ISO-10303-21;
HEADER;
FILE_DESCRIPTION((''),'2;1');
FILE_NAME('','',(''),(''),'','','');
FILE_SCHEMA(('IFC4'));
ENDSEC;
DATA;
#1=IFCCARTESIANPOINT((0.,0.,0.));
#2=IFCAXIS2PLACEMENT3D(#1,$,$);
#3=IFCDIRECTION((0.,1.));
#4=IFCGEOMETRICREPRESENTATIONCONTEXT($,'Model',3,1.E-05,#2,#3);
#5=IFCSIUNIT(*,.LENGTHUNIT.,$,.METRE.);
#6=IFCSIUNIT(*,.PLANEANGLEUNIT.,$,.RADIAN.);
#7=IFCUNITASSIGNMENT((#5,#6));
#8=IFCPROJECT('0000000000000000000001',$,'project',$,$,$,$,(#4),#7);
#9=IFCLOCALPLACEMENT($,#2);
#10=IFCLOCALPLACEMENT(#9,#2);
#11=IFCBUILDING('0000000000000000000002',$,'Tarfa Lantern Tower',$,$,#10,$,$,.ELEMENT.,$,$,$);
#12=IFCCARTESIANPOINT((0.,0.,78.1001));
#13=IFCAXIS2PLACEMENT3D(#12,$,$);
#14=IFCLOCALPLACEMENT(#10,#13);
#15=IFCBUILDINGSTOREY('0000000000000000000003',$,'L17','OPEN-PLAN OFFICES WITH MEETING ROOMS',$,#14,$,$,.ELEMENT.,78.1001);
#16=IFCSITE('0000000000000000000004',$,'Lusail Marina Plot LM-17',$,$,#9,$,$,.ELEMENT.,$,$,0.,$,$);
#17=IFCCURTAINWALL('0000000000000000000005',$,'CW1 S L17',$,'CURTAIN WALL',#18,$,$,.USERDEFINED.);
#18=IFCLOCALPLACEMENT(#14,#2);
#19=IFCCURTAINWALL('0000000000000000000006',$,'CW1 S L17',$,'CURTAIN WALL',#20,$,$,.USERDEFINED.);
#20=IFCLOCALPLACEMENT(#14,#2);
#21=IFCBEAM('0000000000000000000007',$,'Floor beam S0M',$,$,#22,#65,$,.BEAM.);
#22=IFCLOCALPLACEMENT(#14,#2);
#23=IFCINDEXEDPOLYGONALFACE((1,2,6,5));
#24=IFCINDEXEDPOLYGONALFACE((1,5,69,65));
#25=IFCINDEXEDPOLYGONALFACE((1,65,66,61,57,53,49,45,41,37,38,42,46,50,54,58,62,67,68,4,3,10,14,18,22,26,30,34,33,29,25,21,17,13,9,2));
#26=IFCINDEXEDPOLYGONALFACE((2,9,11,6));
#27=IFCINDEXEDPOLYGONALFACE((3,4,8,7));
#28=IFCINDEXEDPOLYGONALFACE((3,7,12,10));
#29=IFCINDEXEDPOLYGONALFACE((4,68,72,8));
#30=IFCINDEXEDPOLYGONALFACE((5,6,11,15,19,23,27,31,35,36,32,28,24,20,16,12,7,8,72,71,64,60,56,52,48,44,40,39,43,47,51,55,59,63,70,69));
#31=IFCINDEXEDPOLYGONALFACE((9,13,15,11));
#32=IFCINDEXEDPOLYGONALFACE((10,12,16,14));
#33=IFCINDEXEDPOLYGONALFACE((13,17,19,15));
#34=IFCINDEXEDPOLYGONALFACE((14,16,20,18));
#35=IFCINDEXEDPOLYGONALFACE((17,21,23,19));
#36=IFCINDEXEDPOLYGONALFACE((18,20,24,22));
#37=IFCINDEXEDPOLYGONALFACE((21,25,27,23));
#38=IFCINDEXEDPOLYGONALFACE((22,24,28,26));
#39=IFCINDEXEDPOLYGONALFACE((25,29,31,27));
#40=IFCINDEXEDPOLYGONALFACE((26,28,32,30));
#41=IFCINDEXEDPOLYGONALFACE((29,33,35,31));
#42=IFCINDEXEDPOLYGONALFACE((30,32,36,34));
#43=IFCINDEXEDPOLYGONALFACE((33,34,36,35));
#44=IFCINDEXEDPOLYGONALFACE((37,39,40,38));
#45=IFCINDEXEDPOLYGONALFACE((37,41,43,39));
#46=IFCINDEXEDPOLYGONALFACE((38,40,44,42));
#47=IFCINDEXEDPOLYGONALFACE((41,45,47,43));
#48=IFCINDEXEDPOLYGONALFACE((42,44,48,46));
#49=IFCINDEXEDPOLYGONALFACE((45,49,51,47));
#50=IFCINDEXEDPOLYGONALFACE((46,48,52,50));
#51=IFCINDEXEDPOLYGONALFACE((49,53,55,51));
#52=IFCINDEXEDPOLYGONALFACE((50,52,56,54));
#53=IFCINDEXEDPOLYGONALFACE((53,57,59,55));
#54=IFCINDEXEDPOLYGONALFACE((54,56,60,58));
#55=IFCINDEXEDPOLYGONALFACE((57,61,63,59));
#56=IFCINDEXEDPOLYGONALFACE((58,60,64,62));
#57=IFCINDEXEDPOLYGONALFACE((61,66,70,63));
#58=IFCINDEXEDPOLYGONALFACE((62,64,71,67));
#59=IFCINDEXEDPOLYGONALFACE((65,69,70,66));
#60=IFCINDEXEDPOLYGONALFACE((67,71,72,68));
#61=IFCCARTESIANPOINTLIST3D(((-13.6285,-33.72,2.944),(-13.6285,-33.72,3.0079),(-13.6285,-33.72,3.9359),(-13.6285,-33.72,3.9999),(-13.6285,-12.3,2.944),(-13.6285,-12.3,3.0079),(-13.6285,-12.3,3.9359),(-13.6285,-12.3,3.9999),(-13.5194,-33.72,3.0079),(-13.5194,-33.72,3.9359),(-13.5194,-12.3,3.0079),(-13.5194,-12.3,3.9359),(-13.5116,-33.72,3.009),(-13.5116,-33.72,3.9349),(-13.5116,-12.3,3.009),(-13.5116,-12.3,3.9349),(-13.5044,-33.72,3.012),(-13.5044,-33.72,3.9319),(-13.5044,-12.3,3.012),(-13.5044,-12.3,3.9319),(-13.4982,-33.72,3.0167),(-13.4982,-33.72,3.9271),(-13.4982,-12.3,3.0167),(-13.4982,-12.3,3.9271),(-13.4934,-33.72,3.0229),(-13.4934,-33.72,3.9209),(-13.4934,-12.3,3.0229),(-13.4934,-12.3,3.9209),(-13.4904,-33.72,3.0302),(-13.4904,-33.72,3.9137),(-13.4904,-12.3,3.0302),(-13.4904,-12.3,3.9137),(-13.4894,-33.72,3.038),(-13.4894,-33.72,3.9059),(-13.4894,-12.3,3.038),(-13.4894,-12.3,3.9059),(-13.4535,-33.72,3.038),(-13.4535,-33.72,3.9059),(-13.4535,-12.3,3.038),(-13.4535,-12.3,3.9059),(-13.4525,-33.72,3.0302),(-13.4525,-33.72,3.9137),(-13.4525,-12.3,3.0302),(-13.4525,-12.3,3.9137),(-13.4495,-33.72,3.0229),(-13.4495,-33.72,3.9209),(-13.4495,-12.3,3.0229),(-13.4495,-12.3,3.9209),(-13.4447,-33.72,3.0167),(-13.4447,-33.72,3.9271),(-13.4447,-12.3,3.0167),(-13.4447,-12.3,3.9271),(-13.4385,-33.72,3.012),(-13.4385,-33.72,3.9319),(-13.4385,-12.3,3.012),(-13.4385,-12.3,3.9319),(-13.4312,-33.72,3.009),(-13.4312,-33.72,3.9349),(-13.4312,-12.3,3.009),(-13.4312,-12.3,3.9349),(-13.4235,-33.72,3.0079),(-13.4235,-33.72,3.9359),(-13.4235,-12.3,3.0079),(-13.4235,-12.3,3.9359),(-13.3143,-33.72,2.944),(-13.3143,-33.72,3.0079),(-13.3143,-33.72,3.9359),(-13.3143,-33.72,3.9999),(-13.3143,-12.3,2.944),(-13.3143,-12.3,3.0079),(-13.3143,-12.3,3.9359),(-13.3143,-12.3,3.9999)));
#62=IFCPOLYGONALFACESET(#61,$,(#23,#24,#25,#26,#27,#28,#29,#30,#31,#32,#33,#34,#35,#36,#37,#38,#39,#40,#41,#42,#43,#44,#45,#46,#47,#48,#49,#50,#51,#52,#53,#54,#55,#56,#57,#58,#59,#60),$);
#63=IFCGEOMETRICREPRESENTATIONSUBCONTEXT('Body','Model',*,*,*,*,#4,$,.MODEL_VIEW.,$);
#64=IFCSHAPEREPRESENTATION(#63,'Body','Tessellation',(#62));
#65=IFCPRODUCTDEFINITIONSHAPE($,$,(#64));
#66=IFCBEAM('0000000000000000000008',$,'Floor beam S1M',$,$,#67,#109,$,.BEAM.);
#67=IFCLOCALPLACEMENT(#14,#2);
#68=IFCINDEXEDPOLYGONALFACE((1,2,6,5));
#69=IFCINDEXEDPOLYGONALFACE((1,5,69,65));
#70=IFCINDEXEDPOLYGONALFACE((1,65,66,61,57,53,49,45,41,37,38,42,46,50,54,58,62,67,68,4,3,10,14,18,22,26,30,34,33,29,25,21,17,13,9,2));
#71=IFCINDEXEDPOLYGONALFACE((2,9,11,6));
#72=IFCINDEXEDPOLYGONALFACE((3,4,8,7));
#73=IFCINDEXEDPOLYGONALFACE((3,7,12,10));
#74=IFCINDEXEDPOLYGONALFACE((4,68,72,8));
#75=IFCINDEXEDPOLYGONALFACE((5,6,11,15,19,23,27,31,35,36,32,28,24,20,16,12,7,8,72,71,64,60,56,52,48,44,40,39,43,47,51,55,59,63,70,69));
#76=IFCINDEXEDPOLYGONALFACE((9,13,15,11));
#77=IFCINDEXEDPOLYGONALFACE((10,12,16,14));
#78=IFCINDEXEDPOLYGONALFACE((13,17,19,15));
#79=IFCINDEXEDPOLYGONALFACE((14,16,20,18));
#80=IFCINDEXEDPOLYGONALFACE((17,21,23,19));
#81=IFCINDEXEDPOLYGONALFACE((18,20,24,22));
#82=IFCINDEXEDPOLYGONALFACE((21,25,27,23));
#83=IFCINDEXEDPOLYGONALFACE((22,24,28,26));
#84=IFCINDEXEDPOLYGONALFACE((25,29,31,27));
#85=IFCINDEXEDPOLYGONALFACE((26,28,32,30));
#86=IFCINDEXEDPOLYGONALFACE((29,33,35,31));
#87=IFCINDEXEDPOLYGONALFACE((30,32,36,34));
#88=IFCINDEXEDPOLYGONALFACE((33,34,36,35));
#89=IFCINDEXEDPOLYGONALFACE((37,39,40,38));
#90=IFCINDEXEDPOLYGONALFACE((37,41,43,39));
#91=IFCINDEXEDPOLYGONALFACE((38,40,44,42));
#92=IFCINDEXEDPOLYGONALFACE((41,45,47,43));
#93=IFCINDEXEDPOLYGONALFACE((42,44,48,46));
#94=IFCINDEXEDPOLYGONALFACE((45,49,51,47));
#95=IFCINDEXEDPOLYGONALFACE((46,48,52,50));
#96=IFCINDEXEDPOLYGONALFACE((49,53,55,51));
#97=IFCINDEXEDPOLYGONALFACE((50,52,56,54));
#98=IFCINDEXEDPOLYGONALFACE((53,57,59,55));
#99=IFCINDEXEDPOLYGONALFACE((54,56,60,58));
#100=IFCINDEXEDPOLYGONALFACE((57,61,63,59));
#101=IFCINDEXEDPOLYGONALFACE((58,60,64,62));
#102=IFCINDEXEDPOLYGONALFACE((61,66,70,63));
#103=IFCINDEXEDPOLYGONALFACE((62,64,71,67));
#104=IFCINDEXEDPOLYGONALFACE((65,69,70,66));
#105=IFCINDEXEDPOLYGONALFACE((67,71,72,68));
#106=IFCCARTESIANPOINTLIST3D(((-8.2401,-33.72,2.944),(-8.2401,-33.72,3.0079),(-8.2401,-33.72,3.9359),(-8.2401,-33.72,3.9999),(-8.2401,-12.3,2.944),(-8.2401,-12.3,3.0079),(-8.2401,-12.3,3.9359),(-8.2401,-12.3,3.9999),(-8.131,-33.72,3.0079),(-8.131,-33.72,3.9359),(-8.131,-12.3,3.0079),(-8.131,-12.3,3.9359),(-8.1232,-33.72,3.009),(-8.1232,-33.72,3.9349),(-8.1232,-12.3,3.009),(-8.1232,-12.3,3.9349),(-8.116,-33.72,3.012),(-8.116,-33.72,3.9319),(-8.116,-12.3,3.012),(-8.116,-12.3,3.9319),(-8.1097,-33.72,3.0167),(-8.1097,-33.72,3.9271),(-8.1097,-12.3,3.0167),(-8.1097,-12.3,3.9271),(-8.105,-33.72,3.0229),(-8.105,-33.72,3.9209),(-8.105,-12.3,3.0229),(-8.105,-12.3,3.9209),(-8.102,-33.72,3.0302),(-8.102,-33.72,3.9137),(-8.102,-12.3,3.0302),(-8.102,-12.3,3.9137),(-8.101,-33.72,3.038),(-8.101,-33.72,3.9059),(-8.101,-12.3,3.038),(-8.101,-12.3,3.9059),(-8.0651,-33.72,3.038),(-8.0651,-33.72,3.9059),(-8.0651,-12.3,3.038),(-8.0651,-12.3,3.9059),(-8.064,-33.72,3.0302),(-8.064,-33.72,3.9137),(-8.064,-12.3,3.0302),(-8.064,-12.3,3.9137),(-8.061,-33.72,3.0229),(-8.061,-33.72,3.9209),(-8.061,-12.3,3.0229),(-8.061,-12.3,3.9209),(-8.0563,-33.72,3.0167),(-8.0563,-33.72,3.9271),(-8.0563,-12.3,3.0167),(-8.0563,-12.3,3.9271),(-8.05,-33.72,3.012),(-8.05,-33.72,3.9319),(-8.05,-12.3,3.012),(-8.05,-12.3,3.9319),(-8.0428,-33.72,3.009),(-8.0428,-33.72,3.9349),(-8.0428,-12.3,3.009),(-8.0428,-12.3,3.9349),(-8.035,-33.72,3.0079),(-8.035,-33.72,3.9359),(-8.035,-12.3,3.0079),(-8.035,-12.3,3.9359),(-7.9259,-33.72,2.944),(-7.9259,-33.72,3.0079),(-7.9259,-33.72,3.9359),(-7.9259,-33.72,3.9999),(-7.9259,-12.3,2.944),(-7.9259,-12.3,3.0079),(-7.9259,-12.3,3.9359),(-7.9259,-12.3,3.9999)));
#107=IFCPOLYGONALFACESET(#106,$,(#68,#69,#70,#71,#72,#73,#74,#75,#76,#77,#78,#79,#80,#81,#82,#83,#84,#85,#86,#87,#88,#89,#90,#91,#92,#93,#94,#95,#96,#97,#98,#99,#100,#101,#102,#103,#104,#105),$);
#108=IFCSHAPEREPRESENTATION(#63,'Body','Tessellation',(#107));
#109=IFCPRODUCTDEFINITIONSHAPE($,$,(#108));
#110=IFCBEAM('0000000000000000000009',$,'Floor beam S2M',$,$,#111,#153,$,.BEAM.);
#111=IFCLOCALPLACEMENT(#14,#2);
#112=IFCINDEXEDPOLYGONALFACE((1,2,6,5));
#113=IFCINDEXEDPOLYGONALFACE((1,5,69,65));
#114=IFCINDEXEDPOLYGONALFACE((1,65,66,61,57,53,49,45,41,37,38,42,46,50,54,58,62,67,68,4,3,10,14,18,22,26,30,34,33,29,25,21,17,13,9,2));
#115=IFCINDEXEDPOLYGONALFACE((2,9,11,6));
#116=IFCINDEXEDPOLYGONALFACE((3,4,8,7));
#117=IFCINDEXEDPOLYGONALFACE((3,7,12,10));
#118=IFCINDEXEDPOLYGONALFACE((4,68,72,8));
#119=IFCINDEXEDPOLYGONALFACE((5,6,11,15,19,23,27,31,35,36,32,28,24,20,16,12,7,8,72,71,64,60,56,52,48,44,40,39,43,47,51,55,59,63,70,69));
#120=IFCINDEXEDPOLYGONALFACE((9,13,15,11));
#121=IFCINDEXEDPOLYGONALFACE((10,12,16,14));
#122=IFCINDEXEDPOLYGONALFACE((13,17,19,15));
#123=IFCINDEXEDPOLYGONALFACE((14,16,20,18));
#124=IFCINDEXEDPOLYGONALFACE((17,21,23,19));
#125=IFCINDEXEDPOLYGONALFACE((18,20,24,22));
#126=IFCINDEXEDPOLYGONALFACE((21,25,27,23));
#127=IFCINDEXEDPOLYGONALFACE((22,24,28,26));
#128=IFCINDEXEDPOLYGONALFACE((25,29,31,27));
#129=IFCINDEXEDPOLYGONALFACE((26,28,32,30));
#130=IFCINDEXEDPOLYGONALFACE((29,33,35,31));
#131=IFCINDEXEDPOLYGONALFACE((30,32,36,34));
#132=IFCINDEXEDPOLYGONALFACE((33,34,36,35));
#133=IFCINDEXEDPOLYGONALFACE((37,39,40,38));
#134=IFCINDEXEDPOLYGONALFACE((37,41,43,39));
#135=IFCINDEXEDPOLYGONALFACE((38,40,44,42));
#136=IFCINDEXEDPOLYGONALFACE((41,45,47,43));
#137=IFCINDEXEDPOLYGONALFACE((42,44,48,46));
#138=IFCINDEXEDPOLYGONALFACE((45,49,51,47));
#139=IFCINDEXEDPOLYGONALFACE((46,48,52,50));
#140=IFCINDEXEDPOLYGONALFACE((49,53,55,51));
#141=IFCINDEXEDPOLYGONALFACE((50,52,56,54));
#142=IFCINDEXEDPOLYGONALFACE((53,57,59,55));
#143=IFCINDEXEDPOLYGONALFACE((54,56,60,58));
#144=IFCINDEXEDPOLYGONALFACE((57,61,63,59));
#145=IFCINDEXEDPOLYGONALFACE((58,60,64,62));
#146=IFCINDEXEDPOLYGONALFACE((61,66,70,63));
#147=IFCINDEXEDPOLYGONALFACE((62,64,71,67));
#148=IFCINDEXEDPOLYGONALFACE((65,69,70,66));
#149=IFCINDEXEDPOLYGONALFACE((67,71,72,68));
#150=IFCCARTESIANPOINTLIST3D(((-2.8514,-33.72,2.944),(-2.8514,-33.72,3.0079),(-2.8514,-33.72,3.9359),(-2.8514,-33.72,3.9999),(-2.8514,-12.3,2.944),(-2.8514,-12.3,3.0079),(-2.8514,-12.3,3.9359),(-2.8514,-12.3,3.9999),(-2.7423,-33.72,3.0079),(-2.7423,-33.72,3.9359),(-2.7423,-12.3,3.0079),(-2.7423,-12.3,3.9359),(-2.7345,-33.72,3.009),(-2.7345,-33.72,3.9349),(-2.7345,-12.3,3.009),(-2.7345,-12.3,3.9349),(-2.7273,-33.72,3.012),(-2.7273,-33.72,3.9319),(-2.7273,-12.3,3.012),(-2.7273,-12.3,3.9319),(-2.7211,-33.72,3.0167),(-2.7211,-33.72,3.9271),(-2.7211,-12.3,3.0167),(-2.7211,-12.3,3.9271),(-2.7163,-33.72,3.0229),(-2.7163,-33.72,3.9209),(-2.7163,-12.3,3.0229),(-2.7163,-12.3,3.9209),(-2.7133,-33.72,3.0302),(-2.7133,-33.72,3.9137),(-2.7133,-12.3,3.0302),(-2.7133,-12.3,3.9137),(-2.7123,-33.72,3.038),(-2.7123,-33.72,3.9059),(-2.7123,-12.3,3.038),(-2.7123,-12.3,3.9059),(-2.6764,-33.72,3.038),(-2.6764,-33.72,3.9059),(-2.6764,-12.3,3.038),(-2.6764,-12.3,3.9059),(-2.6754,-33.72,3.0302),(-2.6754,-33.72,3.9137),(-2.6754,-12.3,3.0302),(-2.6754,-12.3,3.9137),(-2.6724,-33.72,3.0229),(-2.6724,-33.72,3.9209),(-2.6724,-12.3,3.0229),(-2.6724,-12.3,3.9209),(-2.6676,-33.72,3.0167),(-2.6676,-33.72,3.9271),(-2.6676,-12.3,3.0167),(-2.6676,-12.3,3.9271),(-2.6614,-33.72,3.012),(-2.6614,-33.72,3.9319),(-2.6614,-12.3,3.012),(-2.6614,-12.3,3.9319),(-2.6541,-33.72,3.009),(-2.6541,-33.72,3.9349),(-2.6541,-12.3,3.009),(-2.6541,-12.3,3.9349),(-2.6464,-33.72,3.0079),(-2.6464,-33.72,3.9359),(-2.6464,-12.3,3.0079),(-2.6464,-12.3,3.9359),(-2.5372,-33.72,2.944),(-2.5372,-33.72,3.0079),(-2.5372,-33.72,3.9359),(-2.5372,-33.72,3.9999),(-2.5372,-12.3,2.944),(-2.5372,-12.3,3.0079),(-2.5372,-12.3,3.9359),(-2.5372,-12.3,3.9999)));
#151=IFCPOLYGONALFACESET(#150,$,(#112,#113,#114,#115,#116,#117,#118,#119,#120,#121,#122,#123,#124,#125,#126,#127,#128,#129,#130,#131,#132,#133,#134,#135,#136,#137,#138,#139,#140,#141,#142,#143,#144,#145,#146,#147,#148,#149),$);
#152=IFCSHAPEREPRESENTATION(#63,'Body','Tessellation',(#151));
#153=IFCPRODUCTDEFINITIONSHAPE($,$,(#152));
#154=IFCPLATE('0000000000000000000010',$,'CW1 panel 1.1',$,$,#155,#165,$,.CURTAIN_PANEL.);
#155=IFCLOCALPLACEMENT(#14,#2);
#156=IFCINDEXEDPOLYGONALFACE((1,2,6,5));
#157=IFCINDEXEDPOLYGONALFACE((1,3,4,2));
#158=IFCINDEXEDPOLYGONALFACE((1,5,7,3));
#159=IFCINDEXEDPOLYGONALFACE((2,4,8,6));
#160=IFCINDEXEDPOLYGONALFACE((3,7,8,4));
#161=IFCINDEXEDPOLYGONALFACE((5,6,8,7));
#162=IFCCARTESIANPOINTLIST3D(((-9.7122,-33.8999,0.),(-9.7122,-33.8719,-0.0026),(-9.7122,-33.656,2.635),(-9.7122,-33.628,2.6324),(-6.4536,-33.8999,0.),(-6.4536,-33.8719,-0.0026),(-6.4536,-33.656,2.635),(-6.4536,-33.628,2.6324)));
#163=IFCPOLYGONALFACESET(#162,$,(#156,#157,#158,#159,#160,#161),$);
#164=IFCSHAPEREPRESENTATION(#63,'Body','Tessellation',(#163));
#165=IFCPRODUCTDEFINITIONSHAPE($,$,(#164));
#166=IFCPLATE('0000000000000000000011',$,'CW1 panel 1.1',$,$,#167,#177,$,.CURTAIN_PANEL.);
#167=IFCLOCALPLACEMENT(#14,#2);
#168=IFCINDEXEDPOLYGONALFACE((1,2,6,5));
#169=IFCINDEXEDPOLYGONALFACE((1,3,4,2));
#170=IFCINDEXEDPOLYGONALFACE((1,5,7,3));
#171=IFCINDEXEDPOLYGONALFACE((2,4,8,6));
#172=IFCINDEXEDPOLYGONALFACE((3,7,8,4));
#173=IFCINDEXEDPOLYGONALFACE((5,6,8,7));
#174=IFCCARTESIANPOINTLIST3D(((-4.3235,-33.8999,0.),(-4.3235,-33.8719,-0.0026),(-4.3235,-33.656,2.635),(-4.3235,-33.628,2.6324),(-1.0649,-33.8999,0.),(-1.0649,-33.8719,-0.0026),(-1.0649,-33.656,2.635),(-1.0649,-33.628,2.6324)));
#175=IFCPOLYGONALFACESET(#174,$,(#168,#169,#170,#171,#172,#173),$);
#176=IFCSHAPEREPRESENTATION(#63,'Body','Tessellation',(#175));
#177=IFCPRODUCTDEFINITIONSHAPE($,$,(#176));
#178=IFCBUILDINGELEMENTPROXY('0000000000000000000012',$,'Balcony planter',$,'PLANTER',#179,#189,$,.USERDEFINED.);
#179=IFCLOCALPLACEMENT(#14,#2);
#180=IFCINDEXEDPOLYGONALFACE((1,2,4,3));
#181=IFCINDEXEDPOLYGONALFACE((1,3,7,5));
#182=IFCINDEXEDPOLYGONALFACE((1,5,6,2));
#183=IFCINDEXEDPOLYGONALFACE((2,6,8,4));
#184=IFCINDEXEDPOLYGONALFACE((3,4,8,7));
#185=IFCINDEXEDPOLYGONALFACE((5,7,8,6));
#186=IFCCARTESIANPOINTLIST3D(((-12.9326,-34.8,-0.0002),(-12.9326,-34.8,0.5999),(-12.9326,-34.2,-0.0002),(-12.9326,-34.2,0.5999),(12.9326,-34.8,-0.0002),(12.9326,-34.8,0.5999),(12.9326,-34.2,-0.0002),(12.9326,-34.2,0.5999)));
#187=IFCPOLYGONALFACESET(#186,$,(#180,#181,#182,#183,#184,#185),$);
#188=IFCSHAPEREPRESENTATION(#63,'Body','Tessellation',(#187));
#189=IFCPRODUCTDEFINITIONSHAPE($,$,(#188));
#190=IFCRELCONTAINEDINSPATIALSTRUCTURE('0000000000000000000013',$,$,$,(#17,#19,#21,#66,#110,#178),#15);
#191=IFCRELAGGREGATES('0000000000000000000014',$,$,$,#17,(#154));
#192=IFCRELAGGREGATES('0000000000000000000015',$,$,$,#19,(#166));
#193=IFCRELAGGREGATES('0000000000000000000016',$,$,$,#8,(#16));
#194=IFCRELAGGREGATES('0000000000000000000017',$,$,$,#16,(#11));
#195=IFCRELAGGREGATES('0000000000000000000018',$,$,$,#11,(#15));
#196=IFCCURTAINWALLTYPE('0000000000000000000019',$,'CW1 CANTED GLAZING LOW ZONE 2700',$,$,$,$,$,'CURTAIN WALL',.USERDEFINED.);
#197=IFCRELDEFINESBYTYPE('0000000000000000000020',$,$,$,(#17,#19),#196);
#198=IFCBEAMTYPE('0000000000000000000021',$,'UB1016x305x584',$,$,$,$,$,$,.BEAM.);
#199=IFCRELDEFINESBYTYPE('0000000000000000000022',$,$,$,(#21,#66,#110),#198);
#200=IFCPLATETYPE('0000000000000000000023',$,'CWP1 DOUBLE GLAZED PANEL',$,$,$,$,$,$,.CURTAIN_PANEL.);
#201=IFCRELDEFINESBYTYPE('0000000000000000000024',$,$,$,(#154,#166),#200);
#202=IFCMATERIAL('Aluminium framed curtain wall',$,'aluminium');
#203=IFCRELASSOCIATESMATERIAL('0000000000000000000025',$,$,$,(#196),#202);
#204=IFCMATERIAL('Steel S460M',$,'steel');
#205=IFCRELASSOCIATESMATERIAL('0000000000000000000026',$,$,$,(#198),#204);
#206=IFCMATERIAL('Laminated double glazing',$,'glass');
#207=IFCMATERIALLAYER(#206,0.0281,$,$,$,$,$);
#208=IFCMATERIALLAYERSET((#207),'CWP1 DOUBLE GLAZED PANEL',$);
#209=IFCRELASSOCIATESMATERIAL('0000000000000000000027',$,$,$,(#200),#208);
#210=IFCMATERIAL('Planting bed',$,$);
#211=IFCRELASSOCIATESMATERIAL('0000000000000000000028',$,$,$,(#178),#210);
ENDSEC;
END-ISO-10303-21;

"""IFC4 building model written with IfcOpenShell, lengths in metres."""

from ifc_helpers import new_model, si_unit, direction, frame, origin, origin_2d, place, context, subcontext, project, spatial, polyline, rectangle, i_section, outline, extrude, material, layer, layer_set, material_profile, profile_set, type_object, element, aggregate, save


model = new_model("IFC4")

# Units and contexts
model_context = context("Model", 3, precision=1e-05, world=origin(), true_north=direction((0.0, 1.0)))
body_context = subcontext(model_context, "Body", "Model", "MODEL_VIEW")
ifc_project = project(units=[si_unit("LENGTHUNIT", "METRE"), si_unit("PLANEANGLEUNIT", "RADIAN")], contexts=[model_context])

# Site, building, storey
site_placement = place(None, origin())
site = spatial("IfcSite", under=ifc_project, at=site_placement, Name="Lusail Marina Plot LM-17", CompositionType="ELEMENT", RefElevation=0.0)
building_placement = place(site_placement, origin())
building = spatial("IfcBuilding", under=site, at=building_placement, Name="Tarfa Lantern Tower", CompositionType="ELEMENT")
storey_placement = place(building_placement, frame((0.0, 0.0, 78.1001)))
storey = spatial("IfcBuildingStorey", under=building, at=storey_placement, Name="L17", Description="OPEN-PLAN OFFICES WITH MEETING ROOMS", CompositionType="ELEMENT", Elevation=78.1001)

# Shared definitions
ifc_material_1 = material(Name="Aluminium framed curtain wall", Category="aluminium")
curtain_wall_type = type_object("IfcCurtainWallType", Name="CW1 CANTED GLAZING LOW ZONE 2700", ElementType="CURTAIN WALL", PredefinedType="USERDEFINED", material=ifc_material_1)

# Curtain walls
curtain_wall_1_placement = place(storey_placement, origin())
curtain_wall_1 = element("IfcCurtainWall", 1, at=curtain_wall_1_placement, inside=storey, type_object=curtain_wall_type, Name="CW1 S L17", ObjectType="CURTAIN WALL", PredefinedType="USERDEFINED")
curtain_wall_2_placement = place(storey_placement, origin())
curtain_wall_2 = element("IfcCurtainWall", 2, at=curtain_wall_2_placement, inside=storey, type_object=curtain_wall_type, Name="CW1 S L17", ObjectType="CURTAIN WALL", PredefinedType="USERDEFINED")

# Beams
ifc_material_2 = material(Name="Steel S460M", Category="steel")
ifc_material_profile_1 = material_profile(ifc_material_2, i_section(OverallWidth=0.3142, OverallDepth=1.0559, WebThickness=0.0359, FlangeThickness=0.064, FilletRadius=0.03, at=origin_2d()), Name="UB1016x305x584")
ifc_profile_set_1 = profile_set([ifc_material_profile_1], Name="Steel S460M")
beam_type_1 = type_object("IfcBeamType", Name="UB1016x305x584", PredefinedType="BEAM", material=ifc_profile_set_1)
for number, where, z_axis, x_axis, name in (
    (3, (-13.4714, -33.72, 3.4719), (0.0, 1.0, 0.0), (-1.0, 0.0, 0.0), "Floor beam S0M"),
    (4, (-8.083, -33.72, 3.4719), (0.0, 1.0, 0.0), (-1.0, 0.0, 0.0), "Floor beam S1M"),
    (5, (-2.6943, -33.72, 3.4719), (0.0, 1.0, 0.0), (-1.0, 0.0, 0.0), "Floor beam S2M"),
):
    element("IfcBeam", number, at=place(storey_placement, frame(where, z_axis=z_axis, x_axis=x_axis)), inside=storey, type_object=beam_type_1, Name=name, PredefinedType="BEAM", context=body_context, shape_type="SweptSolid", body=[
        extrude(i_section(OverallWidth=0.3142, OverallDepth=1.0559, WebThickness=0.0359, FlangeThickness=0.064, FilletRadius=0.03, at=origin_2d()), origin(), (0.0, 0.0, 1.0), 21.4199),
    ])

# Plates
ifc_material_3 = material(Name="Laminated double glazing", Category="glass")
ifc_layer = layer(ifc_material_3, 0.0281)
ifc_layer_set = layer_set([ifc_layer], Name="CWP1 DOUBLE GLAZED PANEL")
plate_type = type_object("IfcPlateType", Name="CWP1 DOUBLE GLAZED PANEL", PredefinedType="CURTAIN_PANEL", material=ifc_layer_set)
plate_1_placement = place(storey_placement, frame((-9.7122, -33.8999, 0.0), z_axis=(0.0, -0.995744, 0.092166), x_axis=(1.0, 0.0, 0.0)))
plate_1 = element("IfcPlate", 6, at=plate_1_placement, type_object=plate_type, Name="CW1 panel 1.1", PredefinedType="CURTAIN_PANEL", context=body_context, shape_type="SweptSolid", body=[
    extrude(outline(polyline([(0.0, 0.0), (3.2585, 0.0), (3.2585, 2.6463), (0.0, 2.6463), (0.0, 0.0)])), origin(), (0.0, 0.0, -1.0), 0.0281),
])
aggregate(curtain_wall_1, [plate_1])
plate_2_placement = place(storey_placement, frame((-4.3235, -33.8999, 0.0), z_axis=(0.0, -0.995744, 0.092166), x_axis=(1.0, 0.0, 0.0)))
plate_2 = element("IfcPlate", 7, at=plate_2_placement, type_object=plate_type, Name="CW1 panel 1.1", PredefinedType="CURTAIN_PANEL", context=body_context, shape_type="SweptSolid", body=[
    extrude(outline(polyline([(0.0, 0.0), (3.2585, 0.0), (3.2585, 2.6463), (0.0, 2.6463), (0.0, 0.0)])), origin(), (0.0, 0.0, -1.0), 0.0281),
])
aggregate(curtain_wall_2, [plate_2])

# Building element proxy
ifc_material_4 = material(Name="Planting bed")
proxy_placement = place(storey_placement, frame((0.0, -34.5, -0.0002), z_axis=(0.0, 0.0, 1.0), x_axis=(1.0, 0.0, 0.0)))
element("IfcBuildingElementProxy", 8, at=proxy_placement, inside=storey, material=ifc_material_4, Name="Balcony planter", ObjectType="PLANTER", PredefinedType="USERDEFINED", context=body_context, shape_type="SweptSolid", body=[
    extrude(rectangle(XDim=25.8652, YDim=0.6001, at=origin_2d()), origin(), (0.0, 0.0, 1.0), 0.6001),
])

save(model, "model.ifc")
